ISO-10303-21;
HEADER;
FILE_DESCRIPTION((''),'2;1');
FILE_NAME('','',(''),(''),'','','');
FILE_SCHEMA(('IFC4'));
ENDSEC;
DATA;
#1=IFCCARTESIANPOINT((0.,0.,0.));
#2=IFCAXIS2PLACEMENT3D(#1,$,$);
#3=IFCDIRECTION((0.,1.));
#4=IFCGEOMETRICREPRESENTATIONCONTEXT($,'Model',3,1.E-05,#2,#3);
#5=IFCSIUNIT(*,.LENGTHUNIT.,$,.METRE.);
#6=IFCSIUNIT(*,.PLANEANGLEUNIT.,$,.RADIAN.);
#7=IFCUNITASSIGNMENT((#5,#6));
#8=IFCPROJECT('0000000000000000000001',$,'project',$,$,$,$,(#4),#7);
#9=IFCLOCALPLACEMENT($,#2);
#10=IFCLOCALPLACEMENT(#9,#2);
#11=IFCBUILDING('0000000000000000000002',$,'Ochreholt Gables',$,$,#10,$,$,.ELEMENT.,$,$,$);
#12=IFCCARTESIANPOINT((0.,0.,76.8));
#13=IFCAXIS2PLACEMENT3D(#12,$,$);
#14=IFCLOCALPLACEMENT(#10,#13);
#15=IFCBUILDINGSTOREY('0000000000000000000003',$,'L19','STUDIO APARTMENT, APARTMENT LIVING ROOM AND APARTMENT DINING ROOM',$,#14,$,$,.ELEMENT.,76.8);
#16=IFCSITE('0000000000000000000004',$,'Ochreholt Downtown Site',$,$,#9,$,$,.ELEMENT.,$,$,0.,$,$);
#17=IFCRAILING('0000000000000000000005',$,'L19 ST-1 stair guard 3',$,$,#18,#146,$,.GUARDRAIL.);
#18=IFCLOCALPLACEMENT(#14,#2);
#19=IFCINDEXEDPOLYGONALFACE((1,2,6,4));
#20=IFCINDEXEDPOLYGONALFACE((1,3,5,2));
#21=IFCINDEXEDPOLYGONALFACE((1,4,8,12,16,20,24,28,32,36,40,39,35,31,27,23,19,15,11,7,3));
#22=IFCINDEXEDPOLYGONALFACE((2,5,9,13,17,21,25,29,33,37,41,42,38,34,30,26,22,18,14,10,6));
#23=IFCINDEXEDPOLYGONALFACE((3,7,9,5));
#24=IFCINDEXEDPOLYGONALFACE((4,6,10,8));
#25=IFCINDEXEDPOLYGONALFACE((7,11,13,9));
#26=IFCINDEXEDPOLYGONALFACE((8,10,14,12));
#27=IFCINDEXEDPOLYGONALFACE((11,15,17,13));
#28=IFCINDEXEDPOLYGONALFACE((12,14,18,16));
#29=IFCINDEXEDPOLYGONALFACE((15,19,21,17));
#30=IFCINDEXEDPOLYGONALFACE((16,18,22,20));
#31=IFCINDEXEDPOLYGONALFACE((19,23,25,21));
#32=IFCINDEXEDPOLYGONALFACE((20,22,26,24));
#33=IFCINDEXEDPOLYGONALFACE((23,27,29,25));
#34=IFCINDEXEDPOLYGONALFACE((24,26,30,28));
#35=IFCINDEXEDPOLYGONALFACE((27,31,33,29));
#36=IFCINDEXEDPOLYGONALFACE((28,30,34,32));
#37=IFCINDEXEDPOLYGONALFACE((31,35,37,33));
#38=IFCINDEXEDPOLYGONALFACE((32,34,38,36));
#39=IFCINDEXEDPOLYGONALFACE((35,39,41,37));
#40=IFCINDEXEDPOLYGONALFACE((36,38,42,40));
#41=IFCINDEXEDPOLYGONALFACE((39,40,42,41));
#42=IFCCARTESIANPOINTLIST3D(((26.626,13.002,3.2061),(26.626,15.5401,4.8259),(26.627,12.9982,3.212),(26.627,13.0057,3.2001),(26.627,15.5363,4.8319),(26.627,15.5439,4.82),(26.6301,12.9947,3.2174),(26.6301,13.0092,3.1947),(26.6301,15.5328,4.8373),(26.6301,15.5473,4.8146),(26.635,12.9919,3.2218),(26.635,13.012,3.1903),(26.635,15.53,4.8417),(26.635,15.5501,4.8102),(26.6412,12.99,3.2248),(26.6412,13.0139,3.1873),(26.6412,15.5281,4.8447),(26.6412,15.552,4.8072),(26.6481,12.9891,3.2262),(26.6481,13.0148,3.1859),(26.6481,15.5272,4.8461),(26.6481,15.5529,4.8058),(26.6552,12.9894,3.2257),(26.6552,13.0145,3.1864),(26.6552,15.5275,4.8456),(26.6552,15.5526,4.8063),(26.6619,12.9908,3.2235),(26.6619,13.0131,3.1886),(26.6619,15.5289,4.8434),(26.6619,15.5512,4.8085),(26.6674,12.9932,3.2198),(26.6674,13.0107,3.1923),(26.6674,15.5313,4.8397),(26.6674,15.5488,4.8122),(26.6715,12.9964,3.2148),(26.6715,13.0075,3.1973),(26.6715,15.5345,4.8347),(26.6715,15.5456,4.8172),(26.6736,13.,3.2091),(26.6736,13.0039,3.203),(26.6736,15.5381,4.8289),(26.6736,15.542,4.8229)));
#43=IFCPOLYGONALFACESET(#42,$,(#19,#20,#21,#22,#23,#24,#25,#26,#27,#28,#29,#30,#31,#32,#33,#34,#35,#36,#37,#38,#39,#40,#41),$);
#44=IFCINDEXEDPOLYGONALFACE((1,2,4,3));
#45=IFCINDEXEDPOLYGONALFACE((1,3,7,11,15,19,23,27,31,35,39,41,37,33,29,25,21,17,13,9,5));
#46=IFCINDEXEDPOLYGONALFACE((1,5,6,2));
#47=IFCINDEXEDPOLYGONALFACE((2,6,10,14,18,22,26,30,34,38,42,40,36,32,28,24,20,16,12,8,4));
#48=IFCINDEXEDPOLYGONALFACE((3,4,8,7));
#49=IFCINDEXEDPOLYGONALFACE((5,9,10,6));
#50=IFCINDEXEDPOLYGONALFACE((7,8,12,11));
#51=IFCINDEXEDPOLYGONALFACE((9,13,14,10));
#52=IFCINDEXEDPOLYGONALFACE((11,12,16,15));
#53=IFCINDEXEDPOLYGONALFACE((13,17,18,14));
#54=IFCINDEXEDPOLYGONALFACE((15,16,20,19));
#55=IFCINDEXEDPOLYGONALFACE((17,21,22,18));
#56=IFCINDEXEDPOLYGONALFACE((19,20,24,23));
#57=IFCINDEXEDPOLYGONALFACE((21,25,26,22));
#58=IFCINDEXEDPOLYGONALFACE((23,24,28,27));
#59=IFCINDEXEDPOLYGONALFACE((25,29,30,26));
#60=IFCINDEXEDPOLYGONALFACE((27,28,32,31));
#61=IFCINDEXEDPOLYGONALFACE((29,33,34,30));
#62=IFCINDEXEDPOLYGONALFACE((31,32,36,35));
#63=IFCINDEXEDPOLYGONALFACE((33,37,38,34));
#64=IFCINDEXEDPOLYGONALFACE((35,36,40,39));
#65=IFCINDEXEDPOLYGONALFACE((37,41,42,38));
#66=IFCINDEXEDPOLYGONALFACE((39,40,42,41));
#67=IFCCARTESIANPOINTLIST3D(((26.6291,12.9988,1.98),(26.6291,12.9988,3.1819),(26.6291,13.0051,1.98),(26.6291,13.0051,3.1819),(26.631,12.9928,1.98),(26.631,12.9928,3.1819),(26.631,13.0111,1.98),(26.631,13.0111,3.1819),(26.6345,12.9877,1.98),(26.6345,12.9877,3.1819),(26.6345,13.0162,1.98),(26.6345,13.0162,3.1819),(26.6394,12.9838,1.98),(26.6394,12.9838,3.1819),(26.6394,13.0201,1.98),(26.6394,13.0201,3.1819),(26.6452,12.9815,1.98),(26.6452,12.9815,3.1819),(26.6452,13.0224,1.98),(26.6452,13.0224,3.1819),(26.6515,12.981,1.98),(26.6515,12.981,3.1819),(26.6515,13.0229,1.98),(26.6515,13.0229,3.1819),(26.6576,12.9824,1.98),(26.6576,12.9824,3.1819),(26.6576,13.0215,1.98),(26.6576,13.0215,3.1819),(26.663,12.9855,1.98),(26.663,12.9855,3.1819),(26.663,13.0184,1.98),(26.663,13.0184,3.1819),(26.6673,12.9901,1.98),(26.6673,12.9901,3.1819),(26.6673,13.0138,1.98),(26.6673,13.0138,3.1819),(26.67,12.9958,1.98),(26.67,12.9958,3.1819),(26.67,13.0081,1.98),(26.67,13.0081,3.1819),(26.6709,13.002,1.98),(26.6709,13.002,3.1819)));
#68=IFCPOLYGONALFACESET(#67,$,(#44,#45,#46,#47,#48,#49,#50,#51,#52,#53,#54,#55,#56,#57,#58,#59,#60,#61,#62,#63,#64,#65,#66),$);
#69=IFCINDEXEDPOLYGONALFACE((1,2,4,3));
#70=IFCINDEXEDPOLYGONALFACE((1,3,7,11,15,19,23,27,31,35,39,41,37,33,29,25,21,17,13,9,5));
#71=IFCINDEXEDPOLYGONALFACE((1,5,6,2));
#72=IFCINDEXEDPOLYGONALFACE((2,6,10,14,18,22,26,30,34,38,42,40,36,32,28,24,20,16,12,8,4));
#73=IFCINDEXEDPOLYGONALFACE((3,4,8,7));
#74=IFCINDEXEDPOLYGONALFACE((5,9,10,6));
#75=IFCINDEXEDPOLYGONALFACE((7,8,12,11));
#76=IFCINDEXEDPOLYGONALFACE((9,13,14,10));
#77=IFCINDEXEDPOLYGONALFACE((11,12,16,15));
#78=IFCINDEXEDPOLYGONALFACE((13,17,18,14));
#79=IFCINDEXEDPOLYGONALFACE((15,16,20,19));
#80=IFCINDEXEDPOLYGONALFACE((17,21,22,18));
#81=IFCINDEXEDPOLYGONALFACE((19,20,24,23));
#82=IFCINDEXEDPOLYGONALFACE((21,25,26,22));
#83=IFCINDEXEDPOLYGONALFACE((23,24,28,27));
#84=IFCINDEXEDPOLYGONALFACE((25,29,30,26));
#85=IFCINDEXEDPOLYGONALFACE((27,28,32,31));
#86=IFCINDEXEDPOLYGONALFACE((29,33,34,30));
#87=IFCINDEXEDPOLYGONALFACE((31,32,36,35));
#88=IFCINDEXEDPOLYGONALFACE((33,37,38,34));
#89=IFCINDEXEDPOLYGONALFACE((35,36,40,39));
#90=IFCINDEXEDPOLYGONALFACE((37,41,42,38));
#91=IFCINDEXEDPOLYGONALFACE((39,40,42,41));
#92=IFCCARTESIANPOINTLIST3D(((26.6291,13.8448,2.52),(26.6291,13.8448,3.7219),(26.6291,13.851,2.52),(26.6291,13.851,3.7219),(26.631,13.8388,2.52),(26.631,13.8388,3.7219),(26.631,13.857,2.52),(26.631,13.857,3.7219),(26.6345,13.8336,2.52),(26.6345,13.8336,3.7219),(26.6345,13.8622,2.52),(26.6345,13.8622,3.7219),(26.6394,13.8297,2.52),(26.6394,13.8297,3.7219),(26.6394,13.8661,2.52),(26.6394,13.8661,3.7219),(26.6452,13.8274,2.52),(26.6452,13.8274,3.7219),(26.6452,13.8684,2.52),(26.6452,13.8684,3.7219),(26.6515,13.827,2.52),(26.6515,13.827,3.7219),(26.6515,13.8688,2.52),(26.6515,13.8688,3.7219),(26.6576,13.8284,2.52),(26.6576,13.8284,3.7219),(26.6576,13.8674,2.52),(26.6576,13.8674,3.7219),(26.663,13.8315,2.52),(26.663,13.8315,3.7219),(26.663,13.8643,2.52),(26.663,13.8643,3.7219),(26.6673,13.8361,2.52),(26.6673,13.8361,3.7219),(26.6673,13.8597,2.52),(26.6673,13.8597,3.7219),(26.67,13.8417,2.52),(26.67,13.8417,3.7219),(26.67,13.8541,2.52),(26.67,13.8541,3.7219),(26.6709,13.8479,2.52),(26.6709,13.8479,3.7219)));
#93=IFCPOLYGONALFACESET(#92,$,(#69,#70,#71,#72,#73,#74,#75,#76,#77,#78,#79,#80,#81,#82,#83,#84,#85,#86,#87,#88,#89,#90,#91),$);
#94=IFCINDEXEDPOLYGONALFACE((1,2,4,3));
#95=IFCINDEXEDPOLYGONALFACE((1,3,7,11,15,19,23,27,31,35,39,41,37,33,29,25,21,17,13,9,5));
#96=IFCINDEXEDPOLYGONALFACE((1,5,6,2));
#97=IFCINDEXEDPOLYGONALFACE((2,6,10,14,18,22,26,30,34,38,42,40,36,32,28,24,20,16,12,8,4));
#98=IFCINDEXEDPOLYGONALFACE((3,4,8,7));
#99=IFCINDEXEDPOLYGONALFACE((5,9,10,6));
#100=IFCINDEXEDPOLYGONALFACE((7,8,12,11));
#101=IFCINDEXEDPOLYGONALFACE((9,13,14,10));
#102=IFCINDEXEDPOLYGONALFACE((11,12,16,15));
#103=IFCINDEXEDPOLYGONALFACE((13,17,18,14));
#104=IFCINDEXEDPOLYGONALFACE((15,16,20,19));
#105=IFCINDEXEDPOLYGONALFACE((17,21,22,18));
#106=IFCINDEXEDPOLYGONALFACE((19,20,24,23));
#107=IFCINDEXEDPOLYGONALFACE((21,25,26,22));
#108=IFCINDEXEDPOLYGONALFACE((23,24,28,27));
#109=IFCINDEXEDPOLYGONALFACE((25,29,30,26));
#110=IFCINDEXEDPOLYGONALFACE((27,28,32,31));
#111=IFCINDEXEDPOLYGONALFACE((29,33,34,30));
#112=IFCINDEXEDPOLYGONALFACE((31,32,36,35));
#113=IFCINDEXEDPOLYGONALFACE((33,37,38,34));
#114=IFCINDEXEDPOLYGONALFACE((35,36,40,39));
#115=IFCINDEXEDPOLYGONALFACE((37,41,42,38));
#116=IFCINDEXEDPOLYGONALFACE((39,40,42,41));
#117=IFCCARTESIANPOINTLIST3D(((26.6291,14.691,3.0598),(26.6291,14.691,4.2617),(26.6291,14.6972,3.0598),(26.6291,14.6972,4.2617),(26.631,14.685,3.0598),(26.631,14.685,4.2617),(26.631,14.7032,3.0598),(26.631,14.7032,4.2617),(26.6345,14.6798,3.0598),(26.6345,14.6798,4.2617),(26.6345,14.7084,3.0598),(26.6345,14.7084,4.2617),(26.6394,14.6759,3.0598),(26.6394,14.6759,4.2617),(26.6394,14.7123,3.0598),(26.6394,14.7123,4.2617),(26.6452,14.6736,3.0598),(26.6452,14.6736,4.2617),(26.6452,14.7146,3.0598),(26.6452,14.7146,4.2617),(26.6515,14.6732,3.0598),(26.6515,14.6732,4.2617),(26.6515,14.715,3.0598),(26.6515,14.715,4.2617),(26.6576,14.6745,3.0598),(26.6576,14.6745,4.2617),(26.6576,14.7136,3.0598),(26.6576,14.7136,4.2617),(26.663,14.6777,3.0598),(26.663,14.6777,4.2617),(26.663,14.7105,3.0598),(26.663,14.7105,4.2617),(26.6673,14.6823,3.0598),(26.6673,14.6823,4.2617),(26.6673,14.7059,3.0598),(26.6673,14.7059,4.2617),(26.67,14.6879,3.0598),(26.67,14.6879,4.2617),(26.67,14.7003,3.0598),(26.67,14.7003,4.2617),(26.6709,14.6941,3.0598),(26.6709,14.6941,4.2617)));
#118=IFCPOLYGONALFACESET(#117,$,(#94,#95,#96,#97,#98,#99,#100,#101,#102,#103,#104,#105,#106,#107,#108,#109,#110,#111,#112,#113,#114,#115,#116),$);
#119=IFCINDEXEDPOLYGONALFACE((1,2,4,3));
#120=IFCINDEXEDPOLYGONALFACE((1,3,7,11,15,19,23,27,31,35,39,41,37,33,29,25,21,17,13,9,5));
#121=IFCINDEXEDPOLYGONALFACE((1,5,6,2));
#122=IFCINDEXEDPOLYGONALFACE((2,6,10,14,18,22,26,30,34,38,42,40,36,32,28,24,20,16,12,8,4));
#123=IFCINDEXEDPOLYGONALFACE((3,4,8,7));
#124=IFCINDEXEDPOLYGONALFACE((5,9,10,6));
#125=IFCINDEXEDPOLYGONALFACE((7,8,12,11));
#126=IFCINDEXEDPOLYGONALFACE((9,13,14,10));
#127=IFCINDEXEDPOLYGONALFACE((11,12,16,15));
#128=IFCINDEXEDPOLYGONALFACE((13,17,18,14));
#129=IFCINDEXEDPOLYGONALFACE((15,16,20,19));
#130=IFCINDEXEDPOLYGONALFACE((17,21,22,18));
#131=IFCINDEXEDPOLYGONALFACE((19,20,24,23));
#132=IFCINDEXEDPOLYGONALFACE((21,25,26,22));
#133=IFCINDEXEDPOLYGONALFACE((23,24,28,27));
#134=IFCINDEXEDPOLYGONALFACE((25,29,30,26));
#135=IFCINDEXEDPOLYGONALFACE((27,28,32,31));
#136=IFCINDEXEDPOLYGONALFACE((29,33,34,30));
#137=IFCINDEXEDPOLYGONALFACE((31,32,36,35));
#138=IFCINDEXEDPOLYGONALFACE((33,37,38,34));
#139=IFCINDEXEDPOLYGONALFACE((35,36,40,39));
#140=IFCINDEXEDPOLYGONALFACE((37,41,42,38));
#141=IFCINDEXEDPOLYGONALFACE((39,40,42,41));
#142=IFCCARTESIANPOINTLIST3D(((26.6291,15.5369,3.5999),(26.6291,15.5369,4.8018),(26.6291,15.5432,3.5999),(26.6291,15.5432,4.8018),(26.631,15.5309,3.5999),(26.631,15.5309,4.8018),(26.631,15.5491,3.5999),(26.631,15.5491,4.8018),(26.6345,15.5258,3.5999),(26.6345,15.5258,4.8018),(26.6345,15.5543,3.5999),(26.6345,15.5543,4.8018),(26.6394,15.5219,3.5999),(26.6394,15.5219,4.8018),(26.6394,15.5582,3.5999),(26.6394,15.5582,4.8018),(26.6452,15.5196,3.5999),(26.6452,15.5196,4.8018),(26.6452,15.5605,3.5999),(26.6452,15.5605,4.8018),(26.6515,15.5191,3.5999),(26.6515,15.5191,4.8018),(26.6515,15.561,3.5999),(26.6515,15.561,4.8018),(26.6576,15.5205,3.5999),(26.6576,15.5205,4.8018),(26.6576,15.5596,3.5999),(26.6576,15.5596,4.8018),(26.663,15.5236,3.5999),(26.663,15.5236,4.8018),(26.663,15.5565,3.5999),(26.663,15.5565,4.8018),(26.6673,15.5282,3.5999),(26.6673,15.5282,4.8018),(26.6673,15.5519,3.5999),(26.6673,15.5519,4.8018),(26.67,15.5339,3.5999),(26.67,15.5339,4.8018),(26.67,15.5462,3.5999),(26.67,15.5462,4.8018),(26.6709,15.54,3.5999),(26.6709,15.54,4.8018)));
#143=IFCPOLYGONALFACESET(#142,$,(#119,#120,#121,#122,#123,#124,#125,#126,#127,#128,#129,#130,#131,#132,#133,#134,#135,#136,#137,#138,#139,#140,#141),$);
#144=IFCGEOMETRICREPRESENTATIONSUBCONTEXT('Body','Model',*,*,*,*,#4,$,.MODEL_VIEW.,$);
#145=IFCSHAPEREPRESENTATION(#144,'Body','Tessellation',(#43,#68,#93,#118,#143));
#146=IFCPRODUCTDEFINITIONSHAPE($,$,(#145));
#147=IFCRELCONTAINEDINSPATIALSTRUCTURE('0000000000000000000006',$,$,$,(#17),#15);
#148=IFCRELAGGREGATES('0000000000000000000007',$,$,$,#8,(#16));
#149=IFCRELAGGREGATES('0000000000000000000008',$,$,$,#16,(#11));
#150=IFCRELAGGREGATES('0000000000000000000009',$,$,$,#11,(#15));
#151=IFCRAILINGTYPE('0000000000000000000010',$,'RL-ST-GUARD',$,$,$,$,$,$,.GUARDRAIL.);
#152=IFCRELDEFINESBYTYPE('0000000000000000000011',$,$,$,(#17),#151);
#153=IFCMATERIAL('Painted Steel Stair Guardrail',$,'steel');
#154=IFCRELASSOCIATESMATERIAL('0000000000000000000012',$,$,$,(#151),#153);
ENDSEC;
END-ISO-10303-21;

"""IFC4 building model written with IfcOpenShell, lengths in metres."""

from ifc_helpers import new_model, si_unit, direction, frame, origin, origin_2d, place, context, subcontext, project, spatial, circle, extrude, material, type_object, element, save


model = new_model("IFC4")

# Units and contexts
model_context = context("Model", 3, precision=1e-05, world=origin(), true_north=direction((0.0, 1.0)))
body_context = subcontext(model_context, "Body", "Model", "MODEL_VIEW")
ifc_project = project(units=[si_unit("LENGTHUNIT", "METRE"), si_unit("PLANEANGLEUNIT", "RADIAN")], contexts=[model_context])

# Site, building, storey
site_placement = place(None, origin())
site = spatial("IfcSite", under=ifc_project, at=site_placement, Name="Ochreholt Downtown Site", CompositionType="ELEMENT", RefElevation=0.0)
building_placement = place(site_placement, origin())
building = spatial("IfcBuilding", under=site, at=building_placement, Name="Ochreholt Gables", CompositionType="ELEMENT")
storey_placement = place(building_placement, frame((0.0, 0.0, 76.8)))
storey = spatial("IfcBuildingStorey", under=building, at=storey_placement, Name="L19", Description="STUDIO APARTMENT, APARTMENT LIVING ROOM AND APARTMENT DINING ROOM", CompositionType="ELEMENT", Elevation=76.8)

# Railing
ifc_material_1 = material(Name="Painted Steel Stair Guardrail", Category="steel")
railing_type_1 = type_object("IfcRailingType", Name="RL-ST-GUARD", PredefinedType="GUARDRAIL", material=ifc_material_1)
railing_1_placement = place(storey_placement, frame((26.6499, 13.002, 1.98)))
element("IfcRailing", 1, at=railing_1_placement, inside=storey, type_object=railing_type_1, Name="L19 ST-1 stair guard 3", PredefinedType="GUARDRAIL", context=body_context, shape_type="SweptSolid", body=[
    extrude(circle(Radius=0.0239, at=origin_2d()), frame((0.0, 0.0, 1.2261), z_axis=(0.0, 0.84295, 0.537993), x_axis=(-1.0, 0.0, 0.0)), (0.0, 0.0, 1.0), 3.011),
    extrude(circle(Radius=0.021, at=origin_2d()), origin(), (0.0, 0.0, 1.0), 1.2019),
    extrude(circle(Radius=0.021, at=origin_2d()), frame((0.0, 0.8459, 0.54)), (0.0, 0.0, 1.0), 1.2019),
    extrude(circle(Radius=0.021, at=origin_2d()), frame((0.0, 1.6921, 1.0798)), (0.0, 0.0, 1.0), 1.2019),
    extrude(circle(Radius=0.021, at=origin_2d()), frame((0.0, 2.5381, 1.6199)), (0.0, 0.0, 1.0), 1.2019),
])

save(model, "model.ifc")
